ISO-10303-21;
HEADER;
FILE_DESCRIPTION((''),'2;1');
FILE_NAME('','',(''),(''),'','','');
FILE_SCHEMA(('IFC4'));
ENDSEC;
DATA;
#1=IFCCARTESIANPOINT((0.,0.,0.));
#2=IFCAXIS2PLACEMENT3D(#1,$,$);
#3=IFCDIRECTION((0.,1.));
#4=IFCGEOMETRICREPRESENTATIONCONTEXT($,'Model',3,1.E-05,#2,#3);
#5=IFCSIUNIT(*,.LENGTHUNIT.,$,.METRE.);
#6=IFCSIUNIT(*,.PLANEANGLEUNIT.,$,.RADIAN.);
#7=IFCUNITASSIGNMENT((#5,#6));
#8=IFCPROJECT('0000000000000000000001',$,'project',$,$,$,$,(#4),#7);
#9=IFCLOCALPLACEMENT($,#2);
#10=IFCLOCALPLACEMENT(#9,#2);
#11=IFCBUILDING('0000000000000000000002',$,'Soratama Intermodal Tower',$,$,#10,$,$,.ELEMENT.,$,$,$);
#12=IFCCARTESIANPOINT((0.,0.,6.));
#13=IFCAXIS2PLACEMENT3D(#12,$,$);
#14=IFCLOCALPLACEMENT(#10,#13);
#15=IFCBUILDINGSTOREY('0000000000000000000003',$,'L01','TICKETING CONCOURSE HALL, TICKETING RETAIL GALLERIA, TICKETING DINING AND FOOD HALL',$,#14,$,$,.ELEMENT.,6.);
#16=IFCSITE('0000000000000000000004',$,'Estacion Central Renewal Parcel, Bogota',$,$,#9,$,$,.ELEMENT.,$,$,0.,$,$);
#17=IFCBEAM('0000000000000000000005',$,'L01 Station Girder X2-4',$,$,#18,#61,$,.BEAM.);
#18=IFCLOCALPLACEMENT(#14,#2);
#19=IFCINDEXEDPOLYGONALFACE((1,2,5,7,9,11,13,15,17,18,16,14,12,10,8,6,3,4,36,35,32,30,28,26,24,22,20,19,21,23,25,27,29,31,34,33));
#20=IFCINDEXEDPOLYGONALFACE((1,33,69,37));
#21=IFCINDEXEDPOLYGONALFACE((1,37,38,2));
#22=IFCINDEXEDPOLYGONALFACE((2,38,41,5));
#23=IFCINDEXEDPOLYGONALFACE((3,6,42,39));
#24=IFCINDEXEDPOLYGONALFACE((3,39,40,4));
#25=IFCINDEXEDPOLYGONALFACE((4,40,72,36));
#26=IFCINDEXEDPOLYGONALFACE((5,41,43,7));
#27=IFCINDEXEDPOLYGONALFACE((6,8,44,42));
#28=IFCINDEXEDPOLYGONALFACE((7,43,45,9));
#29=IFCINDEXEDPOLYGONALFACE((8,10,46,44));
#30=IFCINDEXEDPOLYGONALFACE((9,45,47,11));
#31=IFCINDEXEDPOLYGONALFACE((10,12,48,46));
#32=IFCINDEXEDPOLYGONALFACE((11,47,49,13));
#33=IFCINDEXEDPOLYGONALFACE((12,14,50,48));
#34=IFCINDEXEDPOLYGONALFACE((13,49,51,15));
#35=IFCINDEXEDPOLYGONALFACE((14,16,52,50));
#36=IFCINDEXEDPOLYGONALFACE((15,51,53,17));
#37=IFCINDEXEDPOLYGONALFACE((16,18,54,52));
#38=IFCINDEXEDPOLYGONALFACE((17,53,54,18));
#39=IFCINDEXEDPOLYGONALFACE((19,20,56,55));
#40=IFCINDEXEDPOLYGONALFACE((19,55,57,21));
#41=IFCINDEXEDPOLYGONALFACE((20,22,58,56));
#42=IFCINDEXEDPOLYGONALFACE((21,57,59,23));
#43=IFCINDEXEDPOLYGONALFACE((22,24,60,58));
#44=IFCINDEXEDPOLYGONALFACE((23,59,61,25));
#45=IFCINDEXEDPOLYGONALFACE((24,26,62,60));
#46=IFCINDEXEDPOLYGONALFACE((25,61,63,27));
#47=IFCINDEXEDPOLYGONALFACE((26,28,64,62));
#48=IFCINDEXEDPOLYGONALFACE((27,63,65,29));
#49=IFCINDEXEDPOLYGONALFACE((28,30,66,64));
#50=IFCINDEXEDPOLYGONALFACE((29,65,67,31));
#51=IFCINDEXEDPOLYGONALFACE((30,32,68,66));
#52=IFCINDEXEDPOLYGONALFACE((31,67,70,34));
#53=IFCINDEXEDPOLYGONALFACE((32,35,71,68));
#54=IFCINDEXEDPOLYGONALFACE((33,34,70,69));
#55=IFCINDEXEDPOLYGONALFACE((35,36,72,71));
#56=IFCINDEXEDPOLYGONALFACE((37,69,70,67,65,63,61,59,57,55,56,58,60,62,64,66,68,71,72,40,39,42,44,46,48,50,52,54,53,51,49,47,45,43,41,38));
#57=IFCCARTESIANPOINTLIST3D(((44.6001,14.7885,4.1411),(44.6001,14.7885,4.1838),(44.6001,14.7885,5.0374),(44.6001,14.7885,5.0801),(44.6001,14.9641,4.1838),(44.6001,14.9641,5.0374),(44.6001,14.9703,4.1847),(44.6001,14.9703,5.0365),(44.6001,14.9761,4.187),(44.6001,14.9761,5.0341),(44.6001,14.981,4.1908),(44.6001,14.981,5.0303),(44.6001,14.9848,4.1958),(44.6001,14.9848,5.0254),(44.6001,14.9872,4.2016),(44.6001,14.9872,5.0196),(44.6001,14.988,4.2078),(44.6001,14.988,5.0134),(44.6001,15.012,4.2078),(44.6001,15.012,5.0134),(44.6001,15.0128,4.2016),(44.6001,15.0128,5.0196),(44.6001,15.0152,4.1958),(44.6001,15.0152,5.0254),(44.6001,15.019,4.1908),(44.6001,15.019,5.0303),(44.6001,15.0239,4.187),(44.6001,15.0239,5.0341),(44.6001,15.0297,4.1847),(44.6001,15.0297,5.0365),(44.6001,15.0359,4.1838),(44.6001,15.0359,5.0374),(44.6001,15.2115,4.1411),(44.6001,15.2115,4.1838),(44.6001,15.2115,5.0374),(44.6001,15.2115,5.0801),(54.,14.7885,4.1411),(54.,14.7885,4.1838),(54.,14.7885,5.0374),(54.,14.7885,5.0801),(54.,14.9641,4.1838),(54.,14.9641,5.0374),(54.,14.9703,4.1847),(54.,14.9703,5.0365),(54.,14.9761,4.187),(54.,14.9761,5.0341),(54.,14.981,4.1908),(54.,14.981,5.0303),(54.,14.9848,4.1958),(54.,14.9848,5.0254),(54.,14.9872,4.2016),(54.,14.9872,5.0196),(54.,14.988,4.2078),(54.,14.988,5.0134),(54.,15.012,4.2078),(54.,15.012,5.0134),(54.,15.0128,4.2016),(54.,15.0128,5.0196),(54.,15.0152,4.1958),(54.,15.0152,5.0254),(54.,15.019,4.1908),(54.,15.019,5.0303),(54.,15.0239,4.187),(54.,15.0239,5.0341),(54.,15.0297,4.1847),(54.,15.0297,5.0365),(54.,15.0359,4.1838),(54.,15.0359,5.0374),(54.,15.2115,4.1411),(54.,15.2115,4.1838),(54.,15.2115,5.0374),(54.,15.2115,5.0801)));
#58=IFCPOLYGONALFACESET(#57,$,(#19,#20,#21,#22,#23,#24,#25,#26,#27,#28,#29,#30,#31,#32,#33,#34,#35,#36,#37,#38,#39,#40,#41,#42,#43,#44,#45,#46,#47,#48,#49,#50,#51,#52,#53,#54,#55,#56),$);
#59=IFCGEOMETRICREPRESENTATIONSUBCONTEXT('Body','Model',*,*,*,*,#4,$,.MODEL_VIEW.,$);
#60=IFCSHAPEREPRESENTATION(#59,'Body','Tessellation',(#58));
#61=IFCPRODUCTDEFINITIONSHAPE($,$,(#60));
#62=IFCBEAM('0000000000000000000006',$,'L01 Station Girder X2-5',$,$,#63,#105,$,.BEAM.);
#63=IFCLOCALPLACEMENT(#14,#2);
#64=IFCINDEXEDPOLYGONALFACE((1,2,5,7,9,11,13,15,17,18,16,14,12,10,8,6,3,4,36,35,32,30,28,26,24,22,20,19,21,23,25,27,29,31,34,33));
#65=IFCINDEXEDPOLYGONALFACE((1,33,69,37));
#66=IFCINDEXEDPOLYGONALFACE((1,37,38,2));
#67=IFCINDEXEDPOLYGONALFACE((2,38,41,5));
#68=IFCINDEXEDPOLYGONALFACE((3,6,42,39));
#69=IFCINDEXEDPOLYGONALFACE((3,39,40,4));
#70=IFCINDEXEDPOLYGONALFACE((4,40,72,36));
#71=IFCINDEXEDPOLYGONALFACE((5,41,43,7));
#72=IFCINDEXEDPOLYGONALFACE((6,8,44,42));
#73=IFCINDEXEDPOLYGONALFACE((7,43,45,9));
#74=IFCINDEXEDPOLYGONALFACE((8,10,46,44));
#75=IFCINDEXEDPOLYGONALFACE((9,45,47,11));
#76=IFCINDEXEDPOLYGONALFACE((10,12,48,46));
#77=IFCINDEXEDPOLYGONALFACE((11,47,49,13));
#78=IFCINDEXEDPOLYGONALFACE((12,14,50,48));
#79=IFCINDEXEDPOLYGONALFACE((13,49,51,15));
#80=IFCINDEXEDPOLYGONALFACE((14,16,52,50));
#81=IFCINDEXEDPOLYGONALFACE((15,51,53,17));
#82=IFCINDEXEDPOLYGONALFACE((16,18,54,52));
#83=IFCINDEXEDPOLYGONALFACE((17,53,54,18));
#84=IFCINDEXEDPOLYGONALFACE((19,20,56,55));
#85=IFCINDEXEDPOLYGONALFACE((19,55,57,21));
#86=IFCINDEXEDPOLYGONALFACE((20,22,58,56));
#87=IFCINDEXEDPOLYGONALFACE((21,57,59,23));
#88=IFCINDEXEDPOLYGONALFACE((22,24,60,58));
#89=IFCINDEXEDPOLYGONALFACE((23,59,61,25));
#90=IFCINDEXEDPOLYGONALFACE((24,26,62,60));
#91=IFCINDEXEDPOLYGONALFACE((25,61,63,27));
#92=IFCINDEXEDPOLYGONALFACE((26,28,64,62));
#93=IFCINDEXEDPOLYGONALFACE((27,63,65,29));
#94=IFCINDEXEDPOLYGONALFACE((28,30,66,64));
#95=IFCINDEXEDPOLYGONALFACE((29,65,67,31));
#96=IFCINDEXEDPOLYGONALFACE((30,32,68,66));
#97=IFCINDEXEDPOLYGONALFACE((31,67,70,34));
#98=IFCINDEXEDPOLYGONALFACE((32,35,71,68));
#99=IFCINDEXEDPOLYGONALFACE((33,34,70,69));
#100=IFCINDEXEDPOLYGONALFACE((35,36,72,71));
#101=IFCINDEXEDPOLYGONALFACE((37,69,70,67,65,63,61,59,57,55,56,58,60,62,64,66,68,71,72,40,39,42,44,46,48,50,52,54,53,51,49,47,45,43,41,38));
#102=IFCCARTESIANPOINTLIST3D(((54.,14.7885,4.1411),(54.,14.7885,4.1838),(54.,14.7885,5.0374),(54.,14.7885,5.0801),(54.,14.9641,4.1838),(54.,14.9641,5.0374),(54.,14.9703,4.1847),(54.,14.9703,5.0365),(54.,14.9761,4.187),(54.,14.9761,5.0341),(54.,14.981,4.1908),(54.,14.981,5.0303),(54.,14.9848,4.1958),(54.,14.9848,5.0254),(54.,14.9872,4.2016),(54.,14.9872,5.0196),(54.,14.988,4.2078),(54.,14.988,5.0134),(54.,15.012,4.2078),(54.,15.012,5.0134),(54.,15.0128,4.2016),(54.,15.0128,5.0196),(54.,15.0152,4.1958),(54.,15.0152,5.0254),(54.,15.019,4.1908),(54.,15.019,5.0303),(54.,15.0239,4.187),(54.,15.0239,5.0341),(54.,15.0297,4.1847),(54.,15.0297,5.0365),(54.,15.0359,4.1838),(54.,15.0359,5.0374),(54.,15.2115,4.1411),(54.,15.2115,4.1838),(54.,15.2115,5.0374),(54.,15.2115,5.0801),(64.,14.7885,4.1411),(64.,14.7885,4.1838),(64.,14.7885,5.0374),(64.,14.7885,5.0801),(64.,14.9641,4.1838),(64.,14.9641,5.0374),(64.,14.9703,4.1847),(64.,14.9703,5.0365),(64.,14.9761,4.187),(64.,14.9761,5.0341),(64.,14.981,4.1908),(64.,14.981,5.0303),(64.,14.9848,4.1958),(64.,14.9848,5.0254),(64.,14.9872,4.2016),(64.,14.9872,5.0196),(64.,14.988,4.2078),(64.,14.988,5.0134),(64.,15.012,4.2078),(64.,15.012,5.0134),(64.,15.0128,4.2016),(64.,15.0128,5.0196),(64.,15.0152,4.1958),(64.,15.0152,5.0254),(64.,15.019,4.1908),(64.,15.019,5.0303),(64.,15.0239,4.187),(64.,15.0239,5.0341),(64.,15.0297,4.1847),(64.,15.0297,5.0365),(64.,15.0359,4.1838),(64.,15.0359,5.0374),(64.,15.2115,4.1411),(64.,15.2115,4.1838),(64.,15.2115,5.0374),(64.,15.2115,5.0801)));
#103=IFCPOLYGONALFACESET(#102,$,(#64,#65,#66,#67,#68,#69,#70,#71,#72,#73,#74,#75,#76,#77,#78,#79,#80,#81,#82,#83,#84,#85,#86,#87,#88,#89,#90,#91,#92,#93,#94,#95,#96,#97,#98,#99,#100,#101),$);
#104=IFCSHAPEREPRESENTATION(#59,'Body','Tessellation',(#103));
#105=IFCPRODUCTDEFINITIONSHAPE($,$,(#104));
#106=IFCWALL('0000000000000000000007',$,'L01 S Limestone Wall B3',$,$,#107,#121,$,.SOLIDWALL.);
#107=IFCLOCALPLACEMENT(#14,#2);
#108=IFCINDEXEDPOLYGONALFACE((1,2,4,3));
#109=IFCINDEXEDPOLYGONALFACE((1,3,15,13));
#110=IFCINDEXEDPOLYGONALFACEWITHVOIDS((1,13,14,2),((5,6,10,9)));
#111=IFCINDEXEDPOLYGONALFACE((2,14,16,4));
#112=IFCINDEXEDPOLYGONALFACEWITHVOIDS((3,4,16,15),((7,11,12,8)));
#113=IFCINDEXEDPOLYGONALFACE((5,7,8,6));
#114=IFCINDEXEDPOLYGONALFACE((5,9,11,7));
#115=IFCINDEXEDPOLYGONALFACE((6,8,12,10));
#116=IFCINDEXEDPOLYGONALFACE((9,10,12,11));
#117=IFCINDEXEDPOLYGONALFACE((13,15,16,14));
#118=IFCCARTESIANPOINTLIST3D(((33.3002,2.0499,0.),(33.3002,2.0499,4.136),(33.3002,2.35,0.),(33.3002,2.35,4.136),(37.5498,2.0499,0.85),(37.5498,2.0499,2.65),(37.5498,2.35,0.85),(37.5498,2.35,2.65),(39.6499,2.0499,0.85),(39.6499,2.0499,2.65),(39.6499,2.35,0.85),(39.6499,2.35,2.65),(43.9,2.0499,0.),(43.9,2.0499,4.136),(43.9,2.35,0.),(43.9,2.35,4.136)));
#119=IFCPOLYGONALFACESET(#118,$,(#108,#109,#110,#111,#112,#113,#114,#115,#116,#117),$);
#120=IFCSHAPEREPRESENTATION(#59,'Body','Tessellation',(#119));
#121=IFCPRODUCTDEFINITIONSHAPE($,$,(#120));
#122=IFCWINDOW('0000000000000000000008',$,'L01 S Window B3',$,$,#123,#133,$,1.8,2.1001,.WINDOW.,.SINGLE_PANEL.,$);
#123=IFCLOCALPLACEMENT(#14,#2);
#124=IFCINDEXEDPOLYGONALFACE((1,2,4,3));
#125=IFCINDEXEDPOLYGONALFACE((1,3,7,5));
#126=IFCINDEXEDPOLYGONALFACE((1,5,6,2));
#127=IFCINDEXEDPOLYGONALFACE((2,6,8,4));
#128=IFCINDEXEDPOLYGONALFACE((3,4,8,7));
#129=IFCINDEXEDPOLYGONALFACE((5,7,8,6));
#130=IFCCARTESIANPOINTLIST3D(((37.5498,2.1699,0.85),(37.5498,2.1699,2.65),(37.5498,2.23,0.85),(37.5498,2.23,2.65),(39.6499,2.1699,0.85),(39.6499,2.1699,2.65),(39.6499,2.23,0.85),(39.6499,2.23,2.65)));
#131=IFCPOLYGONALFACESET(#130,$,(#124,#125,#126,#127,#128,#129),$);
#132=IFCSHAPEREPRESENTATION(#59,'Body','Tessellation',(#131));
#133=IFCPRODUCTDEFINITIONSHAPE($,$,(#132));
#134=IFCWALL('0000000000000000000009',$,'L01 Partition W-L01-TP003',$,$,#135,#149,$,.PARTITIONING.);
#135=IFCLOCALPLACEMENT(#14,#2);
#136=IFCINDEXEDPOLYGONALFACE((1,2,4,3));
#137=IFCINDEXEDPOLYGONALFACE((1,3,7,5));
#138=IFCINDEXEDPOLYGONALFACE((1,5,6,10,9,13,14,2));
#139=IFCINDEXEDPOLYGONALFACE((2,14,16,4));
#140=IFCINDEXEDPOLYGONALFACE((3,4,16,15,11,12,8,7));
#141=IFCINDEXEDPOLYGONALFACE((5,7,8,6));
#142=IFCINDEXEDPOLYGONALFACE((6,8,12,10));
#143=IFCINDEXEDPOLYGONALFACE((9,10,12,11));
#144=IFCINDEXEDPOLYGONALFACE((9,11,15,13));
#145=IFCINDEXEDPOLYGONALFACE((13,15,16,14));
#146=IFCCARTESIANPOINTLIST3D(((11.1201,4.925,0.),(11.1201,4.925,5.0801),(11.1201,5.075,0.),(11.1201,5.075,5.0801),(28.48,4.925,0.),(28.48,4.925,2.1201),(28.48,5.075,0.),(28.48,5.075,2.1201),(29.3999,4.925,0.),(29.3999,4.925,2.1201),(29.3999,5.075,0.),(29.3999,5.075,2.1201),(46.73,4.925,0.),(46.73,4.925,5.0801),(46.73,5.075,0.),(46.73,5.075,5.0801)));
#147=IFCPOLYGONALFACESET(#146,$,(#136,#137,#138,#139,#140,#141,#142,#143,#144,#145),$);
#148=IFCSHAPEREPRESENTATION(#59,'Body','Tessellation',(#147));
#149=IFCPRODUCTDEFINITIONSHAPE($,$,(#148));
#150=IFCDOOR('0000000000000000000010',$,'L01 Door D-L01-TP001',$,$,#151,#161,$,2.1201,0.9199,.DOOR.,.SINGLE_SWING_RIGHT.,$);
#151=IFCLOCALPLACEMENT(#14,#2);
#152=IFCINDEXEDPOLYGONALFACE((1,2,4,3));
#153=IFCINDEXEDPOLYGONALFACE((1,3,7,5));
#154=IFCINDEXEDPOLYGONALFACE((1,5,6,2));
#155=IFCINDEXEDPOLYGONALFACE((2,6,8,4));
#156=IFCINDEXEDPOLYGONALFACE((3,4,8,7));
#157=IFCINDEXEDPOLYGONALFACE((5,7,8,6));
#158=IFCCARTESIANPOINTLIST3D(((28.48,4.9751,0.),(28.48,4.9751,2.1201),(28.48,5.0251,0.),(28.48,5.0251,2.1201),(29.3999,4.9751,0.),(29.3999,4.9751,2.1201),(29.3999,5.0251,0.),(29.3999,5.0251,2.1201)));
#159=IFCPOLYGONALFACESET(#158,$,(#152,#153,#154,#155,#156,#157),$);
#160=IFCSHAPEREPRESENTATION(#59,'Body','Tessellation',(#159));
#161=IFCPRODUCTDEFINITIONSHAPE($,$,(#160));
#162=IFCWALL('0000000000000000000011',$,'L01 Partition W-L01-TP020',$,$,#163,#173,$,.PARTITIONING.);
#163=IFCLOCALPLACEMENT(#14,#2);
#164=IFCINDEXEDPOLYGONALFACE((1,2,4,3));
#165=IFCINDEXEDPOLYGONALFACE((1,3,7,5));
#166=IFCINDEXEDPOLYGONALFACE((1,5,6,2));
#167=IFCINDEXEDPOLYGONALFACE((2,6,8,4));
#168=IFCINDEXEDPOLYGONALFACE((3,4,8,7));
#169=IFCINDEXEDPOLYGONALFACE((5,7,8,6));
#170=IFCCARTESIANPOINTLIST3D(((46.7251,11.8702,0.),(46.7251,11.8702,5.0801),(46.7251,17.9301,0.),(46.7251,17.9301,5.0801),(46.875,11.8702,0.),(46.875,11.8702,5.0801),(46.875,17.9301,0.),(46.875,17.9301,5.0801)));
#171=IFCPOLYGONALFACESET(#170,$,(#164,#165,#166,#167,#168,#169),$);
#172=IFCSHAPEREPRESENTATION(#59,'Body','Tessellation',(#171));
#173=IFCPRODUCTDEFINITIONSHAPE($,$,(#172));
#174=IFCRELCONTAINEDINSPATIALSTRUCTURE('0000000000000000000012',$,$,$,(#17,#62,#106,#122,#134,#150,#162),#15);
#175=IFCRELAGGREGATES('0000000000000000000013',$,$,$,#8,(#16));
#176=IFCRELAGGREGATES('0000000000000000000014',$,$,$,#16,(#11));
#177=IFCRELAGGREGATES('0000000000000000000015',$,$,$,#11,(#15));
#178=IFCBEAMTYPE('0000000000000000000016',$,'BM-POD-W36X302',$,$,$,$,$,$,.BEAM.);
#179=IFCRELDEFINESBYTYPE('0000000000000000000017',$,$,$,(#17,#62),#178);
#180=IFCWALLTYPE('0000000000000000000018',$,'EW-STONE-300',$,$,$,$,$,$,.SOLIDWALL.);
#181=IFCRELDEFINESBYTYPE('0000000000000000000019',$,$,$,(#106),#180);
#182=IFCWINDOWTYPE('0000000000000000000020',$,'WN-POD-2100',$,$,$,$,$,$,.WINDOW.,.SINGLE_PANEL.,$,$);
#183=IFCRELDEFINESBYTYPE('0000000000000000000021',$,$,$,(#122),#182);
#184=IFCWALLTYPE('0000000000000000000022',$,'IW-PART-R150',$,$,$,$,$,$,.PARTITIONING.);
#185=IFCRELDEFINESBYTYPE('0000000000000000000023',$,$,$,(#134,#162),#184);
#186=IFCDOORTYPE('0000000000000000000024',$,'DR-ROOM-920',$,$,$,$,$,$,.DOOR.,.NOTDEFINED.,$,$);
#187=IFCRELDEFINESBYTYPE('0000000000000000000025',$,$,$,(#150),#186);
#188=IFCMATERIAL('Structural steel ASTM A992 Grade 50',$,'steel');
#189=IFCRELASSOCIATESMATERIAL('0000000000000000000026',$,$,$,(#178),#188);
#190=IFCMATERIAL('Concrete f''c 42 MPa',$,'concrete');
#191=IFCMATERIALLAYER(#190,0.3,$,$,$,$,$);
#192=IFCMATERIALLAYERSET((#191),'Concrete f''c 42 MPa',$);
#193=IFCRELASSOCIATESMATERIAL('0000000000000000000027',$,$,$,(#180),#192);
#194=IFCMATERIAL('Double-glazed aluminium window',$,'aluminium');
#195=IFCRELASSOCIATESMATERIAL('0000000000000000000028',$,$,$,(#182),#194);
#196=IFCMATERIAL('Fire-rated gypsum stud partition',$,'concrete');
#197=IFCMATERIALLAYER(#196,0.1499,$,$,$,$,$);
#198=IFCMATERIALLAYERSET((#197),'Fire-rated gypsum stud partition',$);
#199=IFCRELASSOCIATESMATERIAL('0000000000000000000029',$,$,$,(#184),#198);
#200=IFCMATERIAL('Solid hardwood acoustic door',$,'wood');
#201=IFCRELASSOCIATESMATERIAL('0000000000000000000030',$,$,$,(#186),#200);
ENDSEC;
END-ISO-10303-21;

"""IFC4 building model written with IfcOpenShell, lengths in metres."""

from ifc_helpers import new_model, si_unit, direction, frame, frame_2d, origin, origin_2d, place, context, subcontext, project, spatial, rectangle, i_section, extrude, material, layer, layer_set, material_profile, profile_set, type_object, element, fill, save


model = new_model("IFC4")

# Units and contexts
model_context = context("Model", 3, precision=1e-05, world=origin(), true_north=direction((0.0, 1.0)))
body_context = subcontext(model_context, "Body", "Model", "MODEL_VIEW")
ifc_project = project(units=[si_unit("LENGTHUNIT", "METRE"), si_unit("PLANEANGLEUNIT", "RADIAN")], contexts=[model_context])

# Site, building, storey
site_placement = place(None, origin())
site = spatial("IfcSite", under=ifc_project, at=site_placement, Name="Estacion Central Renewal Parcel, Bogota", CompositionType="ELEMENT", RefElevation=0.0)
building_placement = place(site_placement, origin())
building = spatial("IfcBuilding", under=site, at=building_placement, Name="Soratama Intermodal Tower", CompositionType="ELEMENT")
storey_placement = place(building_placement, frame((0.0, 0.0, 6.0)))
storey = spatial("IfcBuildingStorey", under=building, at=storey_placement, Name="L01", Description="TICKETING CONCOURSE HALL, TICKETING RETAIL GALLERIA, TICKETING DINING AND FOOD HALL", CompositionType="ELEMENT", Elevation=6.0)

# Beams
ifc_material_1 = material(Name="Structural steel ASTM A992 Grade 50", Category="steel")
ifc_material_profile_1 = material_profile(ifc_material_1, i_section(OverallWidth=0.4231, OverallDepth=0.939, WebThickness=0.0239, FlangeThickness=0.0427, FilletRadius=0.0239, at=origin_2d()), Name="W36X302")
ifc_profile_set_1 = profile_set([ifc_material_profile_1], Name="Structural steel ASTM A992 Grade 50")
beam_type_1 = type_object("IfcBeamType", Name="BM-POD-W36X302", PredefinedType="BEAM", material=ifc_profile_set_1)
beam_1_placement = place(storey_placement, frame((44.6001, 15.0, 4.6106), z_axis=(1.0, 0.0, 0.0), x_axis=(0.0, 1.0, 0.0)))
element("IfcBeam", 1, at=beam_1_placement, inside=storey, type_object=beam_type_1, Name="L01 Station Girder X2-4", PredefinedType="BEAM", context=body_context, shape_type="SweptSolid", body=[
    extrude(i_section(OverallWidth=0.4231, OverallDepth=0.939, WebThickness=0.0239, FlangeThickness=0.0427, FilletRadius=0.0239, at=origin_2d()), origin(), (0.0, 0.0, 1.0), 9.3999),
])
beam_2_placement = place(storey_placement, frame((54.0, 15.0, 4.6106), z_axis=(1.0, 0.0, 0.0), x_axis=(0.0, 1.0, 0.0)))
element("IfcBeam", 2, at=beam_2_placement, inside=storey, type_object=beam_type_1, Name="L01 Station Girder X2-5", PredefinedType="BEAM", context=body_context, shape_type="SweptSolid", body=[
    extrude(i_section(OverallWidth=0.4231, OverallDepth=0.939, WebThickness=0.0239, FlangeThickness=0.0427, FilletRadius=0.0239, at=origin_2d()), origin(), (0.0, 0.0, 1.0), 10.0),
])

# Wall, opening, window
ifc_material_2 = material(Name="Concrete f'c 42 MPa", Category="concrete")
ifc_layer_1 = layer(ifc_material_2, 0.3)
ifc_layer_set_1 = layer_set([ifc_layer_1], Name="Concrete f'c 42 MPa")
wall_type_1 = type_object("IfcWallType", Name="EW-STONE-300", PredefinedType="SOLIDWALL", material=ifc_layer_set_1)
wall_1_placement = place(storey_placement, frame((43.8999, 2.2, 0.0), z_axis=(0.0, 0.0, 1.0), x_axis=(-1.0, 0.0, 0.0)))
wall_1 = element("IfcWall", 3, at=wall_1_placement, inside=storey, type_object=wall_type_1, Name="L01 S Limestone Wall B3", PredefinedType="SOLIDWALL", context=body_context, shape_type="SweptSolid", body=[
    extrude(rectangle(XDim=10.5999, YDim=0.3, at=frame_2d((5.2998, 0.0))), origin(), (0.0, 0.0, 1.0), 4.136),
])
opening_1_placement = place(wall_1_placement, frame((4.25, 0.0, 0.8501)))
opening_1 = element("IfcOpeningElement", 4, at=opening_1_placement, cuts=wall_1, PredefinedType="OPENING", context=body_context, shape_type="SweptSolid", body=[
    extrude(rectangle(XDim=2.1001, YDim=1.8, at=frame_2d((1.05, 0.8999))), frame((0.0, 0.1599, 0.0), z_axis=(0.0, -1.0, 0.0), x_axis=(1.0, 0.0, 0.0)), (0.0, 0.0, 1.0), 0.3201),
])
ifc_material_3 = material(Name="Double-glazed aluminium window", Category="aluminium")
window_type = type_object("IfcWindowType", Name="WN-POD-2100", PartitioningType="SINGLE_PANEL", PredefinedType="WINDOW", material=ifc_material_3)
window_placement = place(opening_1_placement, origin())
window = element("IfcWindow", 5, at=window_placement, inside=storey, type_object=window_type, Name="L01 S Window B3", OverallHeight=1.8, OverallWidth=2.1001, PartitioningType="SINGLE_PANEL", PredefinedType="WINDOW", context=body_context, shape_type="SweptSolid", body=[
    extrude(rectangle(XDim=2.1001, YDim=1.8, at=frame_2d((1.05, 0.8999))), frame((0.0, 0.03, 0.0), z_axis=(0.0, -1.0, 0.0), x_axis=(1.0, 0.0, 0.0)), (0.0, 0.0, 1.0), 0.0601),
])
fill(opening_1, window)

# Wall, opening, door
ifc_material_4 = material(Name="Fire-rated gypsum stud partition", Category="concrete")
ifc_layer_2 = layer(ifc_material_4, 0.1499)
ifc_layer_set_2 = layer_set([ifc_layer_2], Name="Fire-rated gypsum stud partition")
wall_type_2 = type_object("IfcWallType", Name="IW-PART-R150", PredefinedType="PARTITIONING", material=ifc_layer_set_2)
wall_2_placement = place(storey_placement, frame((46.73, 5.0, 0.0), z_axis=(0.0, 0.0, 1.0), x_axis=(-1.0, 0.0, 0.0)))
wall_2 = element("IfcWall", 6, at=wall_2_placement, inside=storey, type_object=wall_type_2, Name="L01 Partition W-L01-TP003", PredefinedType="PARTITIONING", context=body_context, shape_type="SweptSolid", body=[
    extrude(rectangle(XDim=35.6099, YDim=0.1499, at=frame_2d((17.8049, 0.0))), origin(), (0.0, 0.0, 1.0), 5.0801),
])
opening_2_placement = place(wall_2_placement, frame((17.3301, 0.0, 0.0)))
opening_2 = element("IfcOpeningElement", 7, at=opening_2_placement, cuts=wall_2, PredefinedType="OPENING", context=body_context, shape_type="SweptSolid", body=[
    extrude(rectangle(XDim=0.9199, YDim=2.1201, at=frame_2d((0.46, 1.0601))), frame((0.0, 0.085, 0.0), z_axis=(0.0, -1.0, 0.0), x_axis=(1.0, 0.0, 0.0)), (0.0, 0.0, 1.0), 0.1699),
])
ifc_material_5 = material(Name="Solid hardwood acoustic door", Category="wood")
door_type = type_object("IfcDoorType", Name="DR-ROOM-920", OperationType="NOTDEFINED", PredefinedType="DOOR", material=ifc_material_5)
door_placement = place(opening_2_placement, origin())
door = element("IfcDoor", 8, at=door_placement, inside=storey, type_object=door_type, Name="L01 Door D-L01-TP001", OperationType="SINGLE_SWING_RIGHT", OverallHeight=2.1201, OverallWidth=0.9199, PredefinedType="DOOR", context=body_context, shape_type="SweptSolid", body=[
    extrude(rectangle(XDim=0.9199, YDim=2.1201, at=frame_2d((0.46, 1.0601))), frame((0.0, 0.0249, 0.0), z_axis=(0.0, -1.0, 0.0), x_axis=(1.0, 0.0, 0.0)), (0.0, 0.0, 1.0), 0.05),
])
fill(opening_2, door)

# Wall
wall_3_placement = place(storey_placement, frame((46.8, 17.9299, 0.0), z_axis=(0.0, 0.0, 1.0), x_axis=(0.0, -1.0, 0.0)))
element("IfcWall", 9, at=wall_3_placement, inside=storey, type_object=wall_type_2, Name="L01 Partition W-L01-TP020", PredefinedType="PARTITIONING", context=body_context, shape_type="SweptSolid", body=[
    extrude(rectangle(XDim=6.0598, YDim=0.1499, at=frame_2d((3.0298, 0.0))), origin(), (0.0, 0.0, 1.0), 5.0801),
])

save(model, "model.ifc")
